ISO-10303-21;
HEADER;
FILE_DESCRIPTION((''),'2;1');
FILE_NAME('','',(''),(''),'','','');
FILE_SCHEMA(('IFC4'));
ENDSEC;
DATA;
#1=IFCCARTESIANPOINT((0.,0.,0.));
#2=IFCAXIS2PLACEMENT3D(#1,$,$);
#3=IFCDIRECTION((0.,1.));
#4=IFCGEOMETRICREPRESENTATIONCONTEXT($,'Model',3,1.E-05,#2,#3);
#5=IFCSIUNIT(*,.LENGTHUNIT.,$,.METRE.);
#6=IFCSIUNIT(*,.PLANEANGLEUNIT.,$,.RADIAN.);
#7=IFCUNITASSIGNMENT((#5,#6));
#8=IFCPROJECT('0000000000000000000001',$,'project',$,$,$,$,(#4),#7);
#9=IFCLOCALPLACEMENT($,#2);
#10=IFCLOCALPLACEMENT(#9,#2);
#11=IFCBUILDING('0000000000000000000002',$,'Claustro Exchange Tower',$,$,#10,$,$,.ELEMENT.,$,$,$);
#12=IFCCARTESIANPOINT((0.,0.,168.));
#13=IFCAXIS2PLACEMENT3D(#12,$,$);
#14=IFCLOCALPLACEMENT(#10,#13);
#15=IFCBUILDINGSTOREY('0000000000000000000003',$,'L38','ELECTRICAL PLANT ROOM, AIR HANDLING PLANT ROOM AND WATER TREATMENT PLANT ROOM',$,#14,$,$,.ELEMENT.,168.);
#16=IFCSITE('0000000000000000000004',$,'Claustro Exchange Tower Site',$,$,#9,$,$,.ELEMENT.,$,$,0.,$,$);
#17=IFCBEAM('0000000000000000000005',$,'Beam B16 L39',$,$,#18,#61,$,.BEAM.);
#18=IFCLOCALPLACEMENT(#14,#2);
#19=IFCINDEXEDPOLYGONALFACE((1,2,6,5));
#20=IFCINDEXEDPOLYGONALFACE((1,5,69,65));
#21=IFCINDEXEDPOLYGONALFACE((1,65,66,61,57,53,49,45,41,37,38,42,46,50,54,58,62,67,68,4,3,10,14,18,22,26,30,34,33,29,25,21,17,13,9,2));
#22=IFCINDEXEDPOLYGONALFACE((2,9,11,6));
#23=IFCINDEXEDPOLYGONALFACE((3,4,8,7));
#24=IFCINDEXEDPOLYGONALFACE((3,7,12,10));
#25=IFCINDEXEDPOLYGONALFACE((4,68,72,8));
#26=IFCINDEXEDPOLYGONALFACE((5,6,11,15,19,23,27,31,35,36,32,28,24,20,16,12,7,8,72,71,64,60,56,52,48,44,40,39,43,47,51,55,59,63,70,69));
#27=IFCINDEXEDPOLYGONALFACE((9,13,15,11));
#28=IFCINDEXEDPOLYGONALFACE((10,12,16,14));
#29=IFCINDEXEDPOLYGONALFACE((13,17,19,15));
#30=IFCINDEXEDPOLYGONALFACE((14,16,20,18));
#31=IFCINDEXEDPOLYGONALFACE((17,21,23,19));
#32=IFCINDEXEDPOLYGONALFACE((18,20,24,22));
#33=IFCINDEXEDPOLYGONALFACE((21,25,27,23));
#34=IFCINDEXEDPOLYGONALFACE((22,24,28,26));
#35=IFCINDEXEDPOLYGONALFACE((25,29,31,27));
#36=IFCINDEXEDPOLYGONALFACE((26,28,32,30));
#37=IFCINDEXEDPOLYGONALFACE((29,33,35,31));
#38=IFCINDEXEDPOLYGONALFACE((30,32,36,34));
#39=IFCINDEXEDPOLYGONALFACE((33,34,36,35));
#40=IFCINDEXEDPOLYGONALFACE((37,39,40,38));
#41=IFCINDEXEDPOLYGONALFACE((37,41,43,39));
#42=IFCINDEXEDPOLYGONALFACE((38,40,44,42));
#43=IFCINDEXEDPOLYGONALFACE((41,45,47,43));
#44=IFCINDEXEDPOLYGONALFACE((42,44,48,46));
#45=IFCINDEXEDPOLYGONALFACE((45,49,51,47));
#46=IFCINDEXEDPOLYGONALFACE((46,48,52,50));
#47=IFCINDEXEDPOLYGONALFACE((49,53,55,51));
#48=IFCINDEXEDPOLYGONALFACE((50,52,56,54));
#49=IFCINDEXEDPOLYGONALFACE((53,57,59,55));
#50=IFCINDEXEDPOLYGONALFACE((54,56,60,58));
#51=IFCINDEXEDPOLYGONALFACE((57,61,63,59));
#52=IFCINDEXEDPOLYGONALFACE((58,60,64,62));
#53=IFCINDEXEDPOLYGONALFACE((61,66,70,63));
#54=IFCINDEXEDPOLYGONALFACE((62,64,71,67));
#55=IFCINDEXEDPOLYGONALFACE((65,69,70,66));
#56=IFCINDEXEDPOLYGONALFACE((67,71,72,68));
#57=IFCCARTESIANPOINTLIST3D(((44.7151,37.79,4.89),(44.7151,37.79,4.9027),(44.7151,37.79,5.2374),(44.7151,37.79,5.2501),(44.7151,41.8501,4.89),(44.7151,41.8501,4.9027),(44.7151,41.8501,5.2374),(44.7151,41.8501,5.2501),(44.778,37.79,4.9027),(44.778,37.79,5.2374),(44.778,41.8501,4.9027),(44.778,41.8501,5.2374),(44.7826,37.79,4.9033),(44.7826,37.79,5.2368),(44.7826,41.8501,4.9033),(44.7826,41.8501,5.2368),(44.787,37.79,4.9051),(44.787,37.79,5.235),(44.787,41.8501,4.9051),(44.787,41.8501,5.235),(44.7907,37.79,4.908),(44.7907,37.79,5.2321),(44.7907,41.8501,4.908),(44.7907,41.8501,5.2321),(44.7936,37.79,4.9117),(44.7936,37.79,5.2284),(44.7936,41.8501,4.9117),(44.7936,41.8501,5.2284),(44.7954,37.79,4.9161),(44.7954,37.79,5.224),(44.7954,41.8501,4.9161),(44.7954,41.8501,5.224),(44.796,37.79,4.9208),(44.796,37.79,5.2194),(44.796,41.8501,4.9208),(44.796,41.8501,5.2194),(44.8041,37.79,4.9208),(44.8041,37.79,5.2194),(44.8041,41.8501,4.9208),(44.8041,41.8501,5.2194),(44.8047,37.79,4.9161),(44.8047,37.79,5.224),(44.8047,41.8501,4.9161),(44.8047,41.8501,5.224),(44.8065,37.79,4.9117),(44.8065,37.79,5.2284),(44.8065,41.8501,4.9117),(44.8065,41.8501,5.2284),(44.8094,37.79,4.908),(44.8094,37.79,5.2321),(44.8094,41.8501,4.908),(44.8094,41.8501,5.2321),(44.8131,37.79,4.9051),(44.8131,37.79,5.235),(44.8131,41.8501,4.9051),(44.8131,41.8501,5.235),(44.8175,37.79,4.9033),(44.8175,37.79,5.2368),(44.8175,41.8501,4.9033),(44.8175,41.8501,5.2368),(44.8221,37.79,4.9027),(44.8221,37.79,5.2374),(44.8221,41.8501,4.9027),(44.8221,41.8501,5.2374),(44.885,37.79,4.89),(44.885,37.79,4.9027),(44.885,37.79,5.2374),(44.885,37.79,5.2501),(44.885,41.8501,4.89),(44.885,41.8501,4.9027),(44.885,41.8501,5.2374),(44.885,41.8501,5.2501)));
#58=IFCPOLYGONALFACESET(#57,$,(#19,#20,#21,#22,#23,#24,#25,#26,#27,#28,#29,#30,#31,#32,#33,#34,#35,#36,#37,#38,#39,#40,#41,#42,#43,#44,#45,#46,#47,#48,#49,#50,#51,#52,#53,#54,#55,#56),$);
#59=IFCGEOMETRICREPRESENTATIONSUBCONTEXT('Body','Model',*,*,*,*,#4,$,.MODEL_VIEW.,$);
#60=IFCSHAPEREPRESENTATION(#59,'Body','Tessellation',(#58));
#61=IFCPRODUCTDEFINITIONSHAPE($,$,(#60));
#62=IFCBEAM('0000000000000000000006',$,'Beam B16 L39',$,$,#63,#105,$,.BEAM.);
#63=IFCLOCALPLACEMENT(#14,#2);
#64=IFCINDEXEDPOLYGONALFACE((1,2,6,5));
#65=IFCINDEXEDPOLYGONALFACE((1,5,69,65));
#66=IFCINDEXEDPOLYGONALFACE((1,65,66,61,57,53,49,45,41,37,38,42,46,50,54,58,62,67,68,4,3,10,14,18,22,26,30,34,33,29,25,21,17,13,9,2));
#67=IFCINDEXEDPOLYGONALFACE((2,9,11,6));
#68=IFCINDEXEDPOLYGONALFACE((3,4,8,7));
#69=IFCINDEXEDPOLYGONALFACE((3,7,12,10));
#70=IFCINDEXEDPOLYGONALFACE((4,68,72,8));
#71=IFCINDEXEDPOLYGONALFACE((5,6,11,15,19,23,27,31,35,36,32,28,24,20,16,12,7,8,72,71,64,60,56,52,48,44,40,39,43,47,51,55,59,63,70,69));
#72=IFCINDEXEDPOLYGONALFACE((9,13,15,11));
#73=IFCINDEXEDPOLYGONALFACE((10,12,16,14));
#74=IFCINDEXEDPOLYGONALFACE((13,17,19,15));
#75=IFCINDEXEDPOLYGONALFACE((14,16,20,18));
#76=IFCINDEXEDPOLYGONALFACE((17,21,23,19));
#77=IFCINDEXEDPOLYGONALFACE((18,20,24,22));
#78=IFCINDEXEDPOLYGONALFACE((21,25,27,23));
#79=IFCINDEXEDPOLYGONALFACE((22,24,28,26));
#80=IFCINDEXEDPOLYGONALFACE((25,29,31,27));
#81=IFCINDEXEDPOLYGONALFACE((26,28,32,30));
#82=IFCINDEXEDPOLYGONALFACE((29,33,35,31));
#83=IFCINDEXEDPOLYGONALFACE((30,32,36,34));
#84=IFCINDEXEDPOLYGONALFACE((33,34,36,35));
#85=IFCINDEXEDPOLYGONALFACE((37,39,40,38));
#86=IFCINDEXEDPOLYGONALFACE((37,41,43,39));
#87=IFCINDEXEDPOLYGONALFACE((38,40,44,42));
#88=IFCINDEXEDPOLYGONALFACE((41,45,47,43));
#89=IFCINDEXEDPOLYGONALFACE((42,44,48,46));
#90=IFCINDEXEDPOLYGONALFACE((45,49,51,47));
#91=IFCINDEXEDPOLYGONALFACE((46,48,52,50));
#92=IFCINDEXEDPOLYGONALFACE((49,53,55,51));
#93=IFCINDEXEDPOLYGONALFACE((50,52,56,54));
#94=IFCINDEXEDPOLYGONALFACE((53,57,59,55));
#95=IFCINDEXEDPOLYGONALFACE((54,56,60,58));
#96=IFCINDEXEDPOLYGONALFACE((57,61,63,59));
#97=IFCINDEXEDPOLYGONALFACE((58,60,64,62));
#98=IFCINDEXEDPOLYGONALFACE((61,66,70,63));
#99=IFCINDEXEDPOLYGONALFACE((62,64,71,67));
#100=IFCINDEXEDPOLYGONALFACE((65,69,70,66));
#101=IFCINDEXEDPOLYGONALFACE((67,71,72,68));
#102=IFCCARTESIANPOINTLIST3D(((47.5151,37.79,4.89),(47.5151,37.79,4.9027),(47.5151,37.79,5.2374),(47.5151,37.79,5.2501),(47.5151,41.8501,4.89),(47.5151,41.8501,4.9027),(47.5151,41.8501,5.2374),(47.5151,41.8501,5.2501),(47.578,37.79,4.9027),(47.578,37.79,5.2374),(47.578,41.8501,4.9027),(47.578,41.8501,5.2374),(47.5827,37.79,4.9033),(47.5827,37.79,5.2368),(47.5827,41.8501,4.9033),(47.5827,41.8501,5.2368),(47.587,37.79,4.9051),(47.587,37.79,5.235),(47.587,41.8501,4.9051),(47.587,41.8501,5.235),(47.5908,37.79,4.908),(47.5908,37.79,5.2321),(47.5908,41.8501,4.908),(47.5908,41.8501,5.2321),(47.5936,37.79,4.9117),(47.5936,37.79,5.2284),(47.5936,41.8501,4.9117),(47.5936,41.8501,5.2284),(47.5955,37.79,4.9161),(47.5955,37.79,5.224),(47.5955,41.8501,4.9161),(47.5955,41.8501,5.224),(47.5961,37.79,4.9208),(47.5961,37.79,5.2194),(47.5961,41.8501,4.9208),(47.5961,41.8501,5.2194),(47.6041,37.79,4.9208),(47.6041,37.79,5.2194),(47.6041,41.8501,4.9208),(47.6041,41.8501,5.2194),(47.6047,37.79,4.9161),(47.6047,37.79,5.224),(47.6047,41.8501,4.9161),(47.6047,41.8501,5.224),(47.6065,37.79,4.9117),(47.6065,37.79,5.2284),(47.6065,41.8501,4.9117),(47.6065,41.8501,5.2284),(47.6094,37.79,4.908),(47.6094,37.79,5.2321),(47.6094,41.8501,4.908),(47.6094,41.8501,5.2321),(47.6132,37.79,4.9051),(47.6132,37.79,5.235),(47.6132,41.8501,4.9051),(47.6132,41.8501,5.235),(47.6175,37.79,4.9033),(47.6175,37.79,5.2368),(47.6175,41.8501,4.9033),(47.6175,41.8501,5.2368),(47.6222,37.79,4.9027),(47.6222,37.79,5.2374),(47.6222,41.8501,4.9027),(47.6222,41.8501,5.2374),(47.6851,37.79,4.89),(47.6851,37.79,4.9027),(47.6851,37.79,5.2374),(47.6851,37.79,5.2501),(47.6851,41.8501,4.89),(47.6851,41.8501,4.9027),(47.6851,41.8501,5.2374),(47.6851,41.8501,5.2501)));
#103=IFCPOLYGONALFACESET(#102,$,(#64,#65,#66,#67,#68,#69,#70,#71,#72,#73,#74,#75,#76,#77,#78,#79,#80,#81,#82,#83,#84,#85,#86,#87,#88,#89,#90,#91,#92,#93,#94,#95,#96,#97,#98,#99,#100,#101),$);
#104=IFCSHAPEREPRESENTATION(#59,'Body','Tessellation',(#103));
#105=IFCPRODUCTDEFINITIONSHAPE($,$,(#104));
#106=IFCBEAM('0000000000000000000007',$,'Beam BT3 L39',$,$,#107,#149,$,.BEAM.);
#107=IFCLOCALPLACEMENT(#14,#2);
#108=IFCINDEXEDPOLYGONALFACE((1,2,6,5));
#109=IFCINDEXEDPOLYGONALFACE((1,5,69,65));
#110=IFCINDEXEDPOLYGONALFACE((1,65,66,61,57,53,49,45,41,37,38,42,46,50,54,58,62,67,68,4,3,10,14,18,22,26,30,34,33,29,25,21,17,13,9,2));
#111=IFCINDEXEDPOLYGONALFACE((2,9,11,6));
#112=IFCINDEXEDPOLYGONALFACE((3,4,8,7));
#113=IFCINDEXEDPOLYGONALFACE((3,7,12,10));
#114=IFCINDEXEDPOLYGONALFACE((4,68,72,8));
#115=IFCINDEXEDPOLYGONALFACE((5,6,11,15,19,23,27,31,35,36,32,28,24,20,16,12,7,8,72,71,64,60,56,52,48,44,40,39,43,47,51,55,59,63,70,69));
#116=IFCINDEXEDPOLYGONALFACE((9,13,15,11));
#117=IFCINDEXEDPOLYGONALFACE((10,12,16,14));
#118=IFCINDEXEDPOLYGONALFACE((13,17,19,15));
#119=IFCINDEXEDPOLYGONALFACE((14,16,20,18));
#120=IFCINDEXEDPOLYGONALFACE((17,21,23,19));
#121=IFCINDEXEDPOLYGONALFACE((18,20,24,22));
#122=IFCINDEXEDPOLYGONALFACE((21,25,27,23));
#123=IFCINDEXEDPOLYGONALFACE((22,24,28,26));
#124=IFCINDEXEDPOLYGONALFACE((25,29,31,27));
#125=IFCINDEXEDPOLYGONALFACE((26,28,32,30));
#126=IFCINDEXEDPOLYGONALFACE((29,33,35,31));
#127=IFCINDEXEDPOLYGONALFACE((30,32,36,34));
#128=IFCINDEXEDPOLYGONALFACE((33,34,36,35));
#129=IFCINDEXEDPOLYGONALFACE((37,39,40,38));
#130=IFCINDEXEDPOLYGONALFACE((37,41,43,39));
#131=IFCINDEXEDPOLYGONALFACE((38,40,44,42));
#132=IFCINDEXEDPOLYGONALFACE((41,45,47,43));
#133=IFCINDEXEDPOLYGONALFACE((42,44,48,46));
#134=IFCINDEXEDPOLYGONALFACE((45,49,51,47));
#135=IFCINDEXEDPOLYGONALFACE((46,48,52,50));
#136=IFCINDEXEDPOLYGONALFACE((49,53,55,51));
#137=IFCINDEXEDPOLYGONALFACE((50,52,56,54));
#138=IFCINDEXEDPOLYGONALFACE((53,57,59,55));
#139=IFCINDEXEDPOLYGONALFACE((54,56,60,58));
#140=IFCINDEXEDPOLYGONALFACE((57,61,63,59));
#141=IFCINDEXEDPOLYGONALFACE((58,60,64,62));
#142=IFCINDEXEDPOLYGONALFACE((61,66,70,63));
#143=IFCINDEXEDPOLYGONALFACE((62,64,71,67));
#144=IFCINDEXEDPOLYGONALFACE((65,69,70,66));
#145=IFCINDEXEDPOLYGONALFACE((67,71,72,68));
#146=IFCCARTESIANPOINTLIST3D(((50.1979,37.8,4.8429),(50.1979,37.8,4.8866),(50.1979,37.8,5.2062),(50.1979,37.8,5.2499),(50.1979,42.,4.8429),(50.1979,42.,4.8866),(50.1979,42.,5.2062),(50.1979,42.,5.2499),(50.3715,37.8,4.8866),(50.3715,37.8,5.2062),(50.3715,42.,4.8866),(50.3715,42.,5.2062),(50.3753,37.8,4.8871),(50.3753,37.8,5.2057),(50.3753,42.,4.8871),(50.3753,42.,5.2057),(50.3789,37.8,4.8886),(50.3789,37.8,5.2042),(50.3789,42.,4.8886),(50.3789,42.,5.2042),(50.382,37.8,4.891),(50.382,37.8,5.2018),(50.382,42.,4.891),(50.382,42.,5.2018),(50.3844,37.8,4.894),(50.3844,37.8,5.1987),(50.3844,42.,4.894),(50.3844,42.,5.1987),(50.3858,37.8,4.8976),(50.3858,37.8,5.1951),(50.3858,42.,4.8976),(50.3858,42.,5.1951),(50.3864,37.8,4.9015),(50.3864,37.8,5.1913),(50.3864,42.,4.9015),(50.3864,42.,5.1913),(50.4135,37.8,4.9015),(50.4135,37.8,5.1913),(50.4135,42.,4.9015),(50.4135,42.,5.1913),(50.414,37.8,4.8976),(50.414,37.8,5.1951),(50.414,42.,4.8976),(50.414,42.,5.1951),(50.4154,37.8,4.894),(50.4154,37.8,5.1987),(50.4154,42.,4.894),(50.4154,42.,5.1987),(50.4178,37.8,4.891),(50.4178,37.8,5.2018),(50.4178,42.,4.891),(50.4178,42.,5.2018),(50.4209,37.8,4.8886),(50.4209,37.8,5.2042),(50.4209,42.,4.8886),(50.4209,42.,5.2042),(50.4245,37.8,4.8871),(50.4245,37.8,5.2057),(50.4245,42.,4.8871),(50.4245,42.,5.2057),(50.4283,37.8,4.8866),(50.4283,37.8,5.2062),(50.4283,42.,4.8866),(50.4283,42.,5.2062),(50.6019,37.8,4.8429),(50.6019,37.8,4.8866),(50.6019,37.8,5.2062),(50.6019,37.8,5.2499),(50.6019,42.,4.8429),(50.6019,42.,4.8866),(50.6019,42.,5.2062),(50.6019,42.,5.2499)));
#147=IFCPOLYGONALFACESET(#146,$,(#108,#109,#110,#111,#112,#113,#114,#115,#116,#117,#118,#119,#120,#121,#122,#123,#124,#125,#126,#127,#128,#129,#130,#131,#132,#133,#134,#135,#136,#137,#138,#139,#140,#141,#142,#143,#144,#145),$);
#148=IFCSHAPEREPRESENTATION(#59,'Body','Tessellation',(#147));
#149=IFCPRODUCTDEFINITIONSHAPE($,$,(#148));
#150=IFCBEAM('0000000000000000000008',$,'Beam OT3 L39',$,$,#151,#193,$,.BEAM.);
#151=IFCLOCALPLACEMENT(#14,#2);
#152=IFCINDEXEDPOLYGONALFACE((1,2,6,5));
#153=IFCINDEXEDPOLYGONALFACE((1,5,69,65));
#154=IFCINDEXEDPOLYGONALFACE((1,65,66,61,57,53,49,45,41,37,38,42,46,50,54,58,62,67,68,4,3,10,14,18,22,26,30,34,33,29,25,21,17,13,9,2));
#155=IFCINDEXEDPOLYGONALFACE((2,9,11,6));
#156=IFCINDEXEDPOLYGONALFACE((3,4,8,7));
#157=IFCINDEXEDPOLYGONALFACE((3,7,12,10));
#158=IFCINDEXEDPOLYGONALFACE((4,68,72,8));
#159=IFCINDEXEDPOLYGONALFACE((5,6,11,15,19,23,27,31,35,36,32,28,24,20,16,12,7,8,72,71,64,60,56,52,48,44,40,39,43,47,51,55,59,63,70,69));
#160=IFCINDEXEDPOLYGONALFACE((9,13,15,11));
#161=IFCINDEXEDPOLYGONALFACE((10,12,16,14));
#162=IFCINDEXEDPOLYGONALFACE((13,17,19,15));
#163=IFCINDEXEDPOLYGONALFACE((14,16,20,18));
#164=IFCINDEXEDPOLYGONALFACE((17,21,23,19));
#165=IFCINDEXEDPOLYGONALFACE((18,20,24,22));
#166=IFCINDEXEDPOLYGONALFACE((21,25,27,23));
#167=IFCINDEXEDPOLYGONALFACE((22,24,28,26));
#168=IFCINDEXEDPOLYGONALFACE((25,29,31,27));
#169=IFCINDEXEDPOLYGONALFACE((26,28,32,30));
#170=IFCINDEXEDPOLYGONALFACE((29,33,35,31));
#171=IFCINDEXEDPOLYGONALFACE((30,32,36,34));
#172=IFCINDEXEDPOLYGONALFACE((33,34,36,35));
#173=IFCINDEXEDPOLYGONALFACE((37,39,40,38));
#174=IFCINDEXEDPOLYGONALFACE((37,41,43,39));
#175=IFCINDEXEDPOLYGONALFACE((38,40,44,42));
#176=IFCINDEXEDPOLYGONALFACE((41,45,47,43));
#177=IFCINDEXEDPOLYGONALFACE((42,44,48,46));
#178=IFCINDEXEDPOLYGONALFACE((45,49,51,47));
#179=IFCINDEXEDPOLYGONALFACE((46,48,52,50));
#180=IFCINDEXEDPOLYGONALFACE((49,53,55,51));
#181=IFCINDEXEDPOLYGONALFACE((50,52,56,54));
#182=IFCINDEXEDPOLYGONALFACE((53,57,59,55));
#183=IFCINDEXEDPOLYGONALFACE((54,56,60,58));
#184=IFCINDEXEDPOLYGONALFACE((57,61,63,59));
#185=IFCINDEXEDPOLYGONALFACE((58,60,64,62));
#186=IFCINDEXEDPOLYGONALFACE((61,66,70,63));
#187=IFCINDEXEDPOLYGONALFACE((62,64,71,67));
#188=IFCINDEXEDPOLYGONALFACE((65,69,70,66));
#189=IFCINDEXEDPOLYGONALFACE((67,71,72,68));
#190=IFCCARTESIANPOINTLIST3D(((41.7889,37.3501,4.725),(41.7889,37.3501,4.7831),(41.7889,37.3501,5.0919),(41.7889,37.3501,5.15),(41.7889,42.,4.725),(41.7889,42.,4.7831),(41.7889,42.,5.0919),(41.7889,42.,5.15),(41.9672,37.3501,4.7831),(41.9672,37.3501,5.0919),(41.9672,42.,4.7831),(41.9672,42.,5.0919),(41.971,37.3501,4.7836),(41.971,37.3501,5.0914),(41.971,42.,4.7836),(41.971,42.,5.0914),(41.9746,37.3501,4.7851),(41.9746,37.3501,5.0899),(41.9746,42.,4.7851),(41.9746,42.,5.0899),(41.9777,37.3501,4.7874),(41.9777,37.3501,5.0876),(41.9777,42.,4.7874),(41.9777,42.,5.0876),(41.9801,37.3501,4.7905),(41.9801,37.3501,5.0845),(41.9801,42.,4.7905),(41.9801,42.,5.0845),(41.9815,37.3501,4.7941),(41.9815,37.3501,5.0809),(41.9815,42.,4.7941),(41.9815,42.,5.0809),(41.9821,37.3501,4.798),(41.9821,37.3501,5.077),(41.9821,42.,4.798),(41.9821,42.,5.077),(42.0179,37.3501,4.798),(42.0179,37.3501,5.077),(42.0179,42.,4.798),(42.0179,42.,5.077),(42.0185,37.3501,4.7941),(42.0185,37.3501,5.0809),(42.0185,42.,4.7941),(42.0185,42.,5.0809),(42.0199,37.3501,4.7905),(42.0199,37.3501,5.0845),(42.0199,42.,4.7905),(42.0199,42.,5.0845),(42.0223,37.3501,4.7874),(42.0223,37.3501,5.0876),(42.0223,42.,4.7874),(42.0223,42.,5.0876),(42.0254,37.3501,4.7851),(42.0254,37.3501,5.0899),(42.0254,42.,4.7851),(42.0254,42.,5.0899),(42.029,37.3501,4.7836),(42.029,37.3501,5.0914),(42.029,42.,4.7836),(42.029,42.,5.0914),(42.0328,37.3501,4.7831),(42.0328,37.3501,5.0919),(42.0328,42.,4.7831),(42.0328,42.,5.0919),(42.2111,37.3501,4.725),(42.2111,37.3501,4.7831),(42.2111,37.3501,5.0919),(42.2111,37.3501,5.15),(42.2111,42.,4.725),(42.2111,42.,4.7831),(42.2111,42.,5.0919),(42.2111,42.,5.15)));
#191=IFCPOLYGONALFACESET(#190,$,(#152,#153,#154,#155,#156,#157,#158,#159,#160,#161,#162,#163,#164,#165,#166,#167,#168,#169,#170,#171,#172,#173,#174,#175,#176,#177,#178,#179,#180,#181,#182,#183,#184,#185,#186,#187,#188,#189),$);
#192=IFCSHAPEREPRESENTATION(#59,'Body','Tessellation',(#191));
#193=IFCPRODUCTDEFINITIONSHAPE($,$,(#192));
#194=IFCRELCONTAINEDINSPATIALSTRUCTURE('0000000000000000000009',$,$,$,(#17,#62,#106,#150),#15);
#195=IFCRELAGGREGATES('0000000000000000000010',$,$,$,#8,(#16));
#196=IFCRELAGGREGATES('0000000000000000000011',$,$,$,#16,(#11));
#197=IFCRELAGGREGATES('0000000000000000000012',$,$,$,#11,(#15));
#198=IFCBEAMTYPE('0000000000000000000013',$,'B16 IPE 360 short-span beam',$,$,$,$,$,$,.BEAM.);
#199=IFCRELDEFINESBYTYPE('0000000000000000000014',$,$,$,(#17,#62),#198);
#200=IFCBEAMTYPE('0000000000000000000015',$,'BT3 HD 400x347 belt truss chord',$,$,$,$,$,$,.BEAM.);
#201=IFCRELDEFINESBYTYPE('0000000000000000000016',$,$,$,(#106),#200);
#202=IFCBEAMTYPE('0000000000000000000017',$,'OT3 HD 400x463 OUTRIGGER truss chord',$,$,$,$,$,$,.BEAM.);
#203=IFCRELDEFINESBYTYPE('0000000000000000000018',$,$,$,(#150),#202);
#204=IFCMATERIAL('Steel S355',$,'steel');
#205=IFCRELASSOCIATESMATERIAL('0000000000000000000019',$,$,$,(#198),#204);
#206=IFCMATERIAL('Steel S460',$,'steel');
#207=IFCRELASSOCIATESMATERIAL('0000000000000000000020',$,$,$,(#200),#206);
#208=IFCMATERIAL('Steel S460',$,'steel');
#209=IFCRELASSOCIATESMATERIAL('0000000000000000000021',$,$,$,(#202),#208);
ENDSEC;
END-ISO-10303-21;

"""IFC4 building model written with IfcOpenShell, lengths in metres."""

from ifc_helpers import new_model, si_unit, direction, frame, origin, origin_2d, place, context, subcontext, project, spatial, i_section, extrude, material, material_profile, profile_set, type_object, element, save


model = new_model("IFC4")

# Units and contexts
model_context = context("Model", 3, precision=1e-05, world=origin(), true_north=direction((0.0, 1.0)))
body_context = subcontext(model_context, "Body", "Model", "MODEL_VIEW")
ifc_project = project(units=[si_unit("LENGTHUNIT", "METRE"), si_unit("PLANEANGLEUNIT", "RADIAN")], contexts=[model_context])

# Site, building, storey
site_placement = place(None, origin())
site = spatial("IfcSite", under=ifc_project, at=site_placement, Name="Claustro Exchange Tower Site", CompositionType="ELEMENT", RefElevation=0.0)
building_placement = place(site_placement, origin())
building = spatial("IfcBuilding", under=site, at=building_placement, Name="Claustro Exchange Tower", CompositionType="ELEMENT")
storey_placement = place(building_placement, frame((0.0, 0.0, 168.0)))
storey = spatial("IfcBuildingStorey", under=building, at=storey_placement, Name="L38", Description="ELECTRICAL PLANT ROOM, AIR HANDLING PLANT ROOM AND WATER TREATMENT PLANT ROOM", CompositionType="ELEMENT", Elevation=168.0)

# Beams
ifc_material_1 = material(Name="Steel S355", Category="steel")
ifc_material_profile_1 = material_profile(ifc_material_1, i_section(OverallWidth=0.1699, OverallDepth=0.3601, WebThickness=0.0081, FlangeThickness=0.0127, FilletRadius=0.0181, at=origin_2d()), Name="IPE 360")
ifc_profile_set_1 = profile_set([ifc_material_profile_1], Name="Steel S355")
beam_type_1 = type_object("IfcBeamType", Name="B16 IPE 360 short-span beam", PredefinedType="BEAM", material=ifc_profile_set_1)
for number, where, z_axis, x_axis, name in (
    (1, (44.8, 37.79, 5.0701), (0.0, 1.0, 0.0), (-1.0, 0.0, 0.0), "Beam B16 L39"),
    (2, (47.6001, 37.79, 5.0701), (0.0, 1.0, 0.0), (-1.0, 0.0, 0.0), "Beam B16 L39"),
):
    element("IfcBeam", number, at=place(storey_placement, frame(where, z_axis=z_axis, x_axis=x_axis)), inside=storey, type_object=beam_type_1, Name=name, PredefinedType="BEAM", context=body_context, shape_type="SweptSolid", body=[
        extrude(i_section(OverallWidth=0.1699, OverallDepth=0.3601, WebThickness=0.0081, FlangeThickness=0.0127, FilletRadius=0.0181, at=origin_2d()), origin(), (0.0, 0.0, 1.0), 4.0601),
    ])
ifc_material_2 = material(Name="Steel S460", Category="steel")
ifc_material_profile_2 = material_profile(ifc_material_2, i_section(OverallWidth=0.4041, OverallDepth=0.407, WebThickness=0.0271, FlangeThickness=0.0437, FilletRadius=0.0149, at=origin_2d()), Name="HD 400x347")
ifc_profile_set_2 = profile_set([ifc_material_profile_2], Name="Steel S460")
beam_type_2 = type_object("IfcBeamType", Name="BT3 HD 400x347 belt truss chord", PredefinedType="BEAM", material=ifc_profile_set_2)
beam_1_placement = place(storey_placement, frame((50.3999, 37.8, 5.0464), z_axis=(0.0, 1.0, 0.0), x_axis=(-1.0, 0.0, 0.0)))
element("IfcBeam", 3, at=beam_1_placement, inside=storey, type_object=beam_type_2, Name="Beam BT3 L39", PredefinedType="BEAM", context=body_context, shape_type="SweptSolid", body=[
    extrude(i_section(OverallWidth=0.4041, OverallDepth=0.407, WebThickness=0.0271, FlangeThickness=0.0437, FilletRadius=0.0149, at=origin_2d()), origin(), (0.0, 0.0, 1.0), 4.2),
])
ifc_material_3 = material(Name="Steel S460", Category="steel")
ifc_material_profile_3 = material_profile(ifc_material_3, i_section(OverallWidth=0.4221, OverallDepth=0.425, WebThickness=0.0359, FlangeThickness=0.0581, FilletRadius=0.0149, at=origin_2d()), Name="HD 400x463")
ifc_profile_set_3 = profile_set([ifc_material_profile_3], Name="Steel S460")
beam_type_3 = type_object("IfcBeamType", Name="OT3 HD 400x463 OUTRIGGER truss chord", PredefinedType="BEAM", material=ifc_profile_set_3)
beam_2_placement = place(storey_placement, frame((42.0, 37.3501, 4.9375), z_axis=(0.0, 1.0, 0.0), x_axis=(-1.0, 0.0, 0.0)))
element("IfcBeam", 4, at=beam_2_placement, inside=storey, type_object=beam_type_3, Name="Beam OT3 L39", PredefinedType="BEAM", context=body_context, shape_type="SweptSolid", body=[
    extrude(i_section(OverallWidth=0.4221, OverallDepth=0.425, WebThickness=0.0359, FlangeThickness=0.0581, FilletRadius=0.0149, at=origin_2d()), origin(), (0.0, 0.0, 1.0), 4.6499),
])

save(model, "model.ifc")
